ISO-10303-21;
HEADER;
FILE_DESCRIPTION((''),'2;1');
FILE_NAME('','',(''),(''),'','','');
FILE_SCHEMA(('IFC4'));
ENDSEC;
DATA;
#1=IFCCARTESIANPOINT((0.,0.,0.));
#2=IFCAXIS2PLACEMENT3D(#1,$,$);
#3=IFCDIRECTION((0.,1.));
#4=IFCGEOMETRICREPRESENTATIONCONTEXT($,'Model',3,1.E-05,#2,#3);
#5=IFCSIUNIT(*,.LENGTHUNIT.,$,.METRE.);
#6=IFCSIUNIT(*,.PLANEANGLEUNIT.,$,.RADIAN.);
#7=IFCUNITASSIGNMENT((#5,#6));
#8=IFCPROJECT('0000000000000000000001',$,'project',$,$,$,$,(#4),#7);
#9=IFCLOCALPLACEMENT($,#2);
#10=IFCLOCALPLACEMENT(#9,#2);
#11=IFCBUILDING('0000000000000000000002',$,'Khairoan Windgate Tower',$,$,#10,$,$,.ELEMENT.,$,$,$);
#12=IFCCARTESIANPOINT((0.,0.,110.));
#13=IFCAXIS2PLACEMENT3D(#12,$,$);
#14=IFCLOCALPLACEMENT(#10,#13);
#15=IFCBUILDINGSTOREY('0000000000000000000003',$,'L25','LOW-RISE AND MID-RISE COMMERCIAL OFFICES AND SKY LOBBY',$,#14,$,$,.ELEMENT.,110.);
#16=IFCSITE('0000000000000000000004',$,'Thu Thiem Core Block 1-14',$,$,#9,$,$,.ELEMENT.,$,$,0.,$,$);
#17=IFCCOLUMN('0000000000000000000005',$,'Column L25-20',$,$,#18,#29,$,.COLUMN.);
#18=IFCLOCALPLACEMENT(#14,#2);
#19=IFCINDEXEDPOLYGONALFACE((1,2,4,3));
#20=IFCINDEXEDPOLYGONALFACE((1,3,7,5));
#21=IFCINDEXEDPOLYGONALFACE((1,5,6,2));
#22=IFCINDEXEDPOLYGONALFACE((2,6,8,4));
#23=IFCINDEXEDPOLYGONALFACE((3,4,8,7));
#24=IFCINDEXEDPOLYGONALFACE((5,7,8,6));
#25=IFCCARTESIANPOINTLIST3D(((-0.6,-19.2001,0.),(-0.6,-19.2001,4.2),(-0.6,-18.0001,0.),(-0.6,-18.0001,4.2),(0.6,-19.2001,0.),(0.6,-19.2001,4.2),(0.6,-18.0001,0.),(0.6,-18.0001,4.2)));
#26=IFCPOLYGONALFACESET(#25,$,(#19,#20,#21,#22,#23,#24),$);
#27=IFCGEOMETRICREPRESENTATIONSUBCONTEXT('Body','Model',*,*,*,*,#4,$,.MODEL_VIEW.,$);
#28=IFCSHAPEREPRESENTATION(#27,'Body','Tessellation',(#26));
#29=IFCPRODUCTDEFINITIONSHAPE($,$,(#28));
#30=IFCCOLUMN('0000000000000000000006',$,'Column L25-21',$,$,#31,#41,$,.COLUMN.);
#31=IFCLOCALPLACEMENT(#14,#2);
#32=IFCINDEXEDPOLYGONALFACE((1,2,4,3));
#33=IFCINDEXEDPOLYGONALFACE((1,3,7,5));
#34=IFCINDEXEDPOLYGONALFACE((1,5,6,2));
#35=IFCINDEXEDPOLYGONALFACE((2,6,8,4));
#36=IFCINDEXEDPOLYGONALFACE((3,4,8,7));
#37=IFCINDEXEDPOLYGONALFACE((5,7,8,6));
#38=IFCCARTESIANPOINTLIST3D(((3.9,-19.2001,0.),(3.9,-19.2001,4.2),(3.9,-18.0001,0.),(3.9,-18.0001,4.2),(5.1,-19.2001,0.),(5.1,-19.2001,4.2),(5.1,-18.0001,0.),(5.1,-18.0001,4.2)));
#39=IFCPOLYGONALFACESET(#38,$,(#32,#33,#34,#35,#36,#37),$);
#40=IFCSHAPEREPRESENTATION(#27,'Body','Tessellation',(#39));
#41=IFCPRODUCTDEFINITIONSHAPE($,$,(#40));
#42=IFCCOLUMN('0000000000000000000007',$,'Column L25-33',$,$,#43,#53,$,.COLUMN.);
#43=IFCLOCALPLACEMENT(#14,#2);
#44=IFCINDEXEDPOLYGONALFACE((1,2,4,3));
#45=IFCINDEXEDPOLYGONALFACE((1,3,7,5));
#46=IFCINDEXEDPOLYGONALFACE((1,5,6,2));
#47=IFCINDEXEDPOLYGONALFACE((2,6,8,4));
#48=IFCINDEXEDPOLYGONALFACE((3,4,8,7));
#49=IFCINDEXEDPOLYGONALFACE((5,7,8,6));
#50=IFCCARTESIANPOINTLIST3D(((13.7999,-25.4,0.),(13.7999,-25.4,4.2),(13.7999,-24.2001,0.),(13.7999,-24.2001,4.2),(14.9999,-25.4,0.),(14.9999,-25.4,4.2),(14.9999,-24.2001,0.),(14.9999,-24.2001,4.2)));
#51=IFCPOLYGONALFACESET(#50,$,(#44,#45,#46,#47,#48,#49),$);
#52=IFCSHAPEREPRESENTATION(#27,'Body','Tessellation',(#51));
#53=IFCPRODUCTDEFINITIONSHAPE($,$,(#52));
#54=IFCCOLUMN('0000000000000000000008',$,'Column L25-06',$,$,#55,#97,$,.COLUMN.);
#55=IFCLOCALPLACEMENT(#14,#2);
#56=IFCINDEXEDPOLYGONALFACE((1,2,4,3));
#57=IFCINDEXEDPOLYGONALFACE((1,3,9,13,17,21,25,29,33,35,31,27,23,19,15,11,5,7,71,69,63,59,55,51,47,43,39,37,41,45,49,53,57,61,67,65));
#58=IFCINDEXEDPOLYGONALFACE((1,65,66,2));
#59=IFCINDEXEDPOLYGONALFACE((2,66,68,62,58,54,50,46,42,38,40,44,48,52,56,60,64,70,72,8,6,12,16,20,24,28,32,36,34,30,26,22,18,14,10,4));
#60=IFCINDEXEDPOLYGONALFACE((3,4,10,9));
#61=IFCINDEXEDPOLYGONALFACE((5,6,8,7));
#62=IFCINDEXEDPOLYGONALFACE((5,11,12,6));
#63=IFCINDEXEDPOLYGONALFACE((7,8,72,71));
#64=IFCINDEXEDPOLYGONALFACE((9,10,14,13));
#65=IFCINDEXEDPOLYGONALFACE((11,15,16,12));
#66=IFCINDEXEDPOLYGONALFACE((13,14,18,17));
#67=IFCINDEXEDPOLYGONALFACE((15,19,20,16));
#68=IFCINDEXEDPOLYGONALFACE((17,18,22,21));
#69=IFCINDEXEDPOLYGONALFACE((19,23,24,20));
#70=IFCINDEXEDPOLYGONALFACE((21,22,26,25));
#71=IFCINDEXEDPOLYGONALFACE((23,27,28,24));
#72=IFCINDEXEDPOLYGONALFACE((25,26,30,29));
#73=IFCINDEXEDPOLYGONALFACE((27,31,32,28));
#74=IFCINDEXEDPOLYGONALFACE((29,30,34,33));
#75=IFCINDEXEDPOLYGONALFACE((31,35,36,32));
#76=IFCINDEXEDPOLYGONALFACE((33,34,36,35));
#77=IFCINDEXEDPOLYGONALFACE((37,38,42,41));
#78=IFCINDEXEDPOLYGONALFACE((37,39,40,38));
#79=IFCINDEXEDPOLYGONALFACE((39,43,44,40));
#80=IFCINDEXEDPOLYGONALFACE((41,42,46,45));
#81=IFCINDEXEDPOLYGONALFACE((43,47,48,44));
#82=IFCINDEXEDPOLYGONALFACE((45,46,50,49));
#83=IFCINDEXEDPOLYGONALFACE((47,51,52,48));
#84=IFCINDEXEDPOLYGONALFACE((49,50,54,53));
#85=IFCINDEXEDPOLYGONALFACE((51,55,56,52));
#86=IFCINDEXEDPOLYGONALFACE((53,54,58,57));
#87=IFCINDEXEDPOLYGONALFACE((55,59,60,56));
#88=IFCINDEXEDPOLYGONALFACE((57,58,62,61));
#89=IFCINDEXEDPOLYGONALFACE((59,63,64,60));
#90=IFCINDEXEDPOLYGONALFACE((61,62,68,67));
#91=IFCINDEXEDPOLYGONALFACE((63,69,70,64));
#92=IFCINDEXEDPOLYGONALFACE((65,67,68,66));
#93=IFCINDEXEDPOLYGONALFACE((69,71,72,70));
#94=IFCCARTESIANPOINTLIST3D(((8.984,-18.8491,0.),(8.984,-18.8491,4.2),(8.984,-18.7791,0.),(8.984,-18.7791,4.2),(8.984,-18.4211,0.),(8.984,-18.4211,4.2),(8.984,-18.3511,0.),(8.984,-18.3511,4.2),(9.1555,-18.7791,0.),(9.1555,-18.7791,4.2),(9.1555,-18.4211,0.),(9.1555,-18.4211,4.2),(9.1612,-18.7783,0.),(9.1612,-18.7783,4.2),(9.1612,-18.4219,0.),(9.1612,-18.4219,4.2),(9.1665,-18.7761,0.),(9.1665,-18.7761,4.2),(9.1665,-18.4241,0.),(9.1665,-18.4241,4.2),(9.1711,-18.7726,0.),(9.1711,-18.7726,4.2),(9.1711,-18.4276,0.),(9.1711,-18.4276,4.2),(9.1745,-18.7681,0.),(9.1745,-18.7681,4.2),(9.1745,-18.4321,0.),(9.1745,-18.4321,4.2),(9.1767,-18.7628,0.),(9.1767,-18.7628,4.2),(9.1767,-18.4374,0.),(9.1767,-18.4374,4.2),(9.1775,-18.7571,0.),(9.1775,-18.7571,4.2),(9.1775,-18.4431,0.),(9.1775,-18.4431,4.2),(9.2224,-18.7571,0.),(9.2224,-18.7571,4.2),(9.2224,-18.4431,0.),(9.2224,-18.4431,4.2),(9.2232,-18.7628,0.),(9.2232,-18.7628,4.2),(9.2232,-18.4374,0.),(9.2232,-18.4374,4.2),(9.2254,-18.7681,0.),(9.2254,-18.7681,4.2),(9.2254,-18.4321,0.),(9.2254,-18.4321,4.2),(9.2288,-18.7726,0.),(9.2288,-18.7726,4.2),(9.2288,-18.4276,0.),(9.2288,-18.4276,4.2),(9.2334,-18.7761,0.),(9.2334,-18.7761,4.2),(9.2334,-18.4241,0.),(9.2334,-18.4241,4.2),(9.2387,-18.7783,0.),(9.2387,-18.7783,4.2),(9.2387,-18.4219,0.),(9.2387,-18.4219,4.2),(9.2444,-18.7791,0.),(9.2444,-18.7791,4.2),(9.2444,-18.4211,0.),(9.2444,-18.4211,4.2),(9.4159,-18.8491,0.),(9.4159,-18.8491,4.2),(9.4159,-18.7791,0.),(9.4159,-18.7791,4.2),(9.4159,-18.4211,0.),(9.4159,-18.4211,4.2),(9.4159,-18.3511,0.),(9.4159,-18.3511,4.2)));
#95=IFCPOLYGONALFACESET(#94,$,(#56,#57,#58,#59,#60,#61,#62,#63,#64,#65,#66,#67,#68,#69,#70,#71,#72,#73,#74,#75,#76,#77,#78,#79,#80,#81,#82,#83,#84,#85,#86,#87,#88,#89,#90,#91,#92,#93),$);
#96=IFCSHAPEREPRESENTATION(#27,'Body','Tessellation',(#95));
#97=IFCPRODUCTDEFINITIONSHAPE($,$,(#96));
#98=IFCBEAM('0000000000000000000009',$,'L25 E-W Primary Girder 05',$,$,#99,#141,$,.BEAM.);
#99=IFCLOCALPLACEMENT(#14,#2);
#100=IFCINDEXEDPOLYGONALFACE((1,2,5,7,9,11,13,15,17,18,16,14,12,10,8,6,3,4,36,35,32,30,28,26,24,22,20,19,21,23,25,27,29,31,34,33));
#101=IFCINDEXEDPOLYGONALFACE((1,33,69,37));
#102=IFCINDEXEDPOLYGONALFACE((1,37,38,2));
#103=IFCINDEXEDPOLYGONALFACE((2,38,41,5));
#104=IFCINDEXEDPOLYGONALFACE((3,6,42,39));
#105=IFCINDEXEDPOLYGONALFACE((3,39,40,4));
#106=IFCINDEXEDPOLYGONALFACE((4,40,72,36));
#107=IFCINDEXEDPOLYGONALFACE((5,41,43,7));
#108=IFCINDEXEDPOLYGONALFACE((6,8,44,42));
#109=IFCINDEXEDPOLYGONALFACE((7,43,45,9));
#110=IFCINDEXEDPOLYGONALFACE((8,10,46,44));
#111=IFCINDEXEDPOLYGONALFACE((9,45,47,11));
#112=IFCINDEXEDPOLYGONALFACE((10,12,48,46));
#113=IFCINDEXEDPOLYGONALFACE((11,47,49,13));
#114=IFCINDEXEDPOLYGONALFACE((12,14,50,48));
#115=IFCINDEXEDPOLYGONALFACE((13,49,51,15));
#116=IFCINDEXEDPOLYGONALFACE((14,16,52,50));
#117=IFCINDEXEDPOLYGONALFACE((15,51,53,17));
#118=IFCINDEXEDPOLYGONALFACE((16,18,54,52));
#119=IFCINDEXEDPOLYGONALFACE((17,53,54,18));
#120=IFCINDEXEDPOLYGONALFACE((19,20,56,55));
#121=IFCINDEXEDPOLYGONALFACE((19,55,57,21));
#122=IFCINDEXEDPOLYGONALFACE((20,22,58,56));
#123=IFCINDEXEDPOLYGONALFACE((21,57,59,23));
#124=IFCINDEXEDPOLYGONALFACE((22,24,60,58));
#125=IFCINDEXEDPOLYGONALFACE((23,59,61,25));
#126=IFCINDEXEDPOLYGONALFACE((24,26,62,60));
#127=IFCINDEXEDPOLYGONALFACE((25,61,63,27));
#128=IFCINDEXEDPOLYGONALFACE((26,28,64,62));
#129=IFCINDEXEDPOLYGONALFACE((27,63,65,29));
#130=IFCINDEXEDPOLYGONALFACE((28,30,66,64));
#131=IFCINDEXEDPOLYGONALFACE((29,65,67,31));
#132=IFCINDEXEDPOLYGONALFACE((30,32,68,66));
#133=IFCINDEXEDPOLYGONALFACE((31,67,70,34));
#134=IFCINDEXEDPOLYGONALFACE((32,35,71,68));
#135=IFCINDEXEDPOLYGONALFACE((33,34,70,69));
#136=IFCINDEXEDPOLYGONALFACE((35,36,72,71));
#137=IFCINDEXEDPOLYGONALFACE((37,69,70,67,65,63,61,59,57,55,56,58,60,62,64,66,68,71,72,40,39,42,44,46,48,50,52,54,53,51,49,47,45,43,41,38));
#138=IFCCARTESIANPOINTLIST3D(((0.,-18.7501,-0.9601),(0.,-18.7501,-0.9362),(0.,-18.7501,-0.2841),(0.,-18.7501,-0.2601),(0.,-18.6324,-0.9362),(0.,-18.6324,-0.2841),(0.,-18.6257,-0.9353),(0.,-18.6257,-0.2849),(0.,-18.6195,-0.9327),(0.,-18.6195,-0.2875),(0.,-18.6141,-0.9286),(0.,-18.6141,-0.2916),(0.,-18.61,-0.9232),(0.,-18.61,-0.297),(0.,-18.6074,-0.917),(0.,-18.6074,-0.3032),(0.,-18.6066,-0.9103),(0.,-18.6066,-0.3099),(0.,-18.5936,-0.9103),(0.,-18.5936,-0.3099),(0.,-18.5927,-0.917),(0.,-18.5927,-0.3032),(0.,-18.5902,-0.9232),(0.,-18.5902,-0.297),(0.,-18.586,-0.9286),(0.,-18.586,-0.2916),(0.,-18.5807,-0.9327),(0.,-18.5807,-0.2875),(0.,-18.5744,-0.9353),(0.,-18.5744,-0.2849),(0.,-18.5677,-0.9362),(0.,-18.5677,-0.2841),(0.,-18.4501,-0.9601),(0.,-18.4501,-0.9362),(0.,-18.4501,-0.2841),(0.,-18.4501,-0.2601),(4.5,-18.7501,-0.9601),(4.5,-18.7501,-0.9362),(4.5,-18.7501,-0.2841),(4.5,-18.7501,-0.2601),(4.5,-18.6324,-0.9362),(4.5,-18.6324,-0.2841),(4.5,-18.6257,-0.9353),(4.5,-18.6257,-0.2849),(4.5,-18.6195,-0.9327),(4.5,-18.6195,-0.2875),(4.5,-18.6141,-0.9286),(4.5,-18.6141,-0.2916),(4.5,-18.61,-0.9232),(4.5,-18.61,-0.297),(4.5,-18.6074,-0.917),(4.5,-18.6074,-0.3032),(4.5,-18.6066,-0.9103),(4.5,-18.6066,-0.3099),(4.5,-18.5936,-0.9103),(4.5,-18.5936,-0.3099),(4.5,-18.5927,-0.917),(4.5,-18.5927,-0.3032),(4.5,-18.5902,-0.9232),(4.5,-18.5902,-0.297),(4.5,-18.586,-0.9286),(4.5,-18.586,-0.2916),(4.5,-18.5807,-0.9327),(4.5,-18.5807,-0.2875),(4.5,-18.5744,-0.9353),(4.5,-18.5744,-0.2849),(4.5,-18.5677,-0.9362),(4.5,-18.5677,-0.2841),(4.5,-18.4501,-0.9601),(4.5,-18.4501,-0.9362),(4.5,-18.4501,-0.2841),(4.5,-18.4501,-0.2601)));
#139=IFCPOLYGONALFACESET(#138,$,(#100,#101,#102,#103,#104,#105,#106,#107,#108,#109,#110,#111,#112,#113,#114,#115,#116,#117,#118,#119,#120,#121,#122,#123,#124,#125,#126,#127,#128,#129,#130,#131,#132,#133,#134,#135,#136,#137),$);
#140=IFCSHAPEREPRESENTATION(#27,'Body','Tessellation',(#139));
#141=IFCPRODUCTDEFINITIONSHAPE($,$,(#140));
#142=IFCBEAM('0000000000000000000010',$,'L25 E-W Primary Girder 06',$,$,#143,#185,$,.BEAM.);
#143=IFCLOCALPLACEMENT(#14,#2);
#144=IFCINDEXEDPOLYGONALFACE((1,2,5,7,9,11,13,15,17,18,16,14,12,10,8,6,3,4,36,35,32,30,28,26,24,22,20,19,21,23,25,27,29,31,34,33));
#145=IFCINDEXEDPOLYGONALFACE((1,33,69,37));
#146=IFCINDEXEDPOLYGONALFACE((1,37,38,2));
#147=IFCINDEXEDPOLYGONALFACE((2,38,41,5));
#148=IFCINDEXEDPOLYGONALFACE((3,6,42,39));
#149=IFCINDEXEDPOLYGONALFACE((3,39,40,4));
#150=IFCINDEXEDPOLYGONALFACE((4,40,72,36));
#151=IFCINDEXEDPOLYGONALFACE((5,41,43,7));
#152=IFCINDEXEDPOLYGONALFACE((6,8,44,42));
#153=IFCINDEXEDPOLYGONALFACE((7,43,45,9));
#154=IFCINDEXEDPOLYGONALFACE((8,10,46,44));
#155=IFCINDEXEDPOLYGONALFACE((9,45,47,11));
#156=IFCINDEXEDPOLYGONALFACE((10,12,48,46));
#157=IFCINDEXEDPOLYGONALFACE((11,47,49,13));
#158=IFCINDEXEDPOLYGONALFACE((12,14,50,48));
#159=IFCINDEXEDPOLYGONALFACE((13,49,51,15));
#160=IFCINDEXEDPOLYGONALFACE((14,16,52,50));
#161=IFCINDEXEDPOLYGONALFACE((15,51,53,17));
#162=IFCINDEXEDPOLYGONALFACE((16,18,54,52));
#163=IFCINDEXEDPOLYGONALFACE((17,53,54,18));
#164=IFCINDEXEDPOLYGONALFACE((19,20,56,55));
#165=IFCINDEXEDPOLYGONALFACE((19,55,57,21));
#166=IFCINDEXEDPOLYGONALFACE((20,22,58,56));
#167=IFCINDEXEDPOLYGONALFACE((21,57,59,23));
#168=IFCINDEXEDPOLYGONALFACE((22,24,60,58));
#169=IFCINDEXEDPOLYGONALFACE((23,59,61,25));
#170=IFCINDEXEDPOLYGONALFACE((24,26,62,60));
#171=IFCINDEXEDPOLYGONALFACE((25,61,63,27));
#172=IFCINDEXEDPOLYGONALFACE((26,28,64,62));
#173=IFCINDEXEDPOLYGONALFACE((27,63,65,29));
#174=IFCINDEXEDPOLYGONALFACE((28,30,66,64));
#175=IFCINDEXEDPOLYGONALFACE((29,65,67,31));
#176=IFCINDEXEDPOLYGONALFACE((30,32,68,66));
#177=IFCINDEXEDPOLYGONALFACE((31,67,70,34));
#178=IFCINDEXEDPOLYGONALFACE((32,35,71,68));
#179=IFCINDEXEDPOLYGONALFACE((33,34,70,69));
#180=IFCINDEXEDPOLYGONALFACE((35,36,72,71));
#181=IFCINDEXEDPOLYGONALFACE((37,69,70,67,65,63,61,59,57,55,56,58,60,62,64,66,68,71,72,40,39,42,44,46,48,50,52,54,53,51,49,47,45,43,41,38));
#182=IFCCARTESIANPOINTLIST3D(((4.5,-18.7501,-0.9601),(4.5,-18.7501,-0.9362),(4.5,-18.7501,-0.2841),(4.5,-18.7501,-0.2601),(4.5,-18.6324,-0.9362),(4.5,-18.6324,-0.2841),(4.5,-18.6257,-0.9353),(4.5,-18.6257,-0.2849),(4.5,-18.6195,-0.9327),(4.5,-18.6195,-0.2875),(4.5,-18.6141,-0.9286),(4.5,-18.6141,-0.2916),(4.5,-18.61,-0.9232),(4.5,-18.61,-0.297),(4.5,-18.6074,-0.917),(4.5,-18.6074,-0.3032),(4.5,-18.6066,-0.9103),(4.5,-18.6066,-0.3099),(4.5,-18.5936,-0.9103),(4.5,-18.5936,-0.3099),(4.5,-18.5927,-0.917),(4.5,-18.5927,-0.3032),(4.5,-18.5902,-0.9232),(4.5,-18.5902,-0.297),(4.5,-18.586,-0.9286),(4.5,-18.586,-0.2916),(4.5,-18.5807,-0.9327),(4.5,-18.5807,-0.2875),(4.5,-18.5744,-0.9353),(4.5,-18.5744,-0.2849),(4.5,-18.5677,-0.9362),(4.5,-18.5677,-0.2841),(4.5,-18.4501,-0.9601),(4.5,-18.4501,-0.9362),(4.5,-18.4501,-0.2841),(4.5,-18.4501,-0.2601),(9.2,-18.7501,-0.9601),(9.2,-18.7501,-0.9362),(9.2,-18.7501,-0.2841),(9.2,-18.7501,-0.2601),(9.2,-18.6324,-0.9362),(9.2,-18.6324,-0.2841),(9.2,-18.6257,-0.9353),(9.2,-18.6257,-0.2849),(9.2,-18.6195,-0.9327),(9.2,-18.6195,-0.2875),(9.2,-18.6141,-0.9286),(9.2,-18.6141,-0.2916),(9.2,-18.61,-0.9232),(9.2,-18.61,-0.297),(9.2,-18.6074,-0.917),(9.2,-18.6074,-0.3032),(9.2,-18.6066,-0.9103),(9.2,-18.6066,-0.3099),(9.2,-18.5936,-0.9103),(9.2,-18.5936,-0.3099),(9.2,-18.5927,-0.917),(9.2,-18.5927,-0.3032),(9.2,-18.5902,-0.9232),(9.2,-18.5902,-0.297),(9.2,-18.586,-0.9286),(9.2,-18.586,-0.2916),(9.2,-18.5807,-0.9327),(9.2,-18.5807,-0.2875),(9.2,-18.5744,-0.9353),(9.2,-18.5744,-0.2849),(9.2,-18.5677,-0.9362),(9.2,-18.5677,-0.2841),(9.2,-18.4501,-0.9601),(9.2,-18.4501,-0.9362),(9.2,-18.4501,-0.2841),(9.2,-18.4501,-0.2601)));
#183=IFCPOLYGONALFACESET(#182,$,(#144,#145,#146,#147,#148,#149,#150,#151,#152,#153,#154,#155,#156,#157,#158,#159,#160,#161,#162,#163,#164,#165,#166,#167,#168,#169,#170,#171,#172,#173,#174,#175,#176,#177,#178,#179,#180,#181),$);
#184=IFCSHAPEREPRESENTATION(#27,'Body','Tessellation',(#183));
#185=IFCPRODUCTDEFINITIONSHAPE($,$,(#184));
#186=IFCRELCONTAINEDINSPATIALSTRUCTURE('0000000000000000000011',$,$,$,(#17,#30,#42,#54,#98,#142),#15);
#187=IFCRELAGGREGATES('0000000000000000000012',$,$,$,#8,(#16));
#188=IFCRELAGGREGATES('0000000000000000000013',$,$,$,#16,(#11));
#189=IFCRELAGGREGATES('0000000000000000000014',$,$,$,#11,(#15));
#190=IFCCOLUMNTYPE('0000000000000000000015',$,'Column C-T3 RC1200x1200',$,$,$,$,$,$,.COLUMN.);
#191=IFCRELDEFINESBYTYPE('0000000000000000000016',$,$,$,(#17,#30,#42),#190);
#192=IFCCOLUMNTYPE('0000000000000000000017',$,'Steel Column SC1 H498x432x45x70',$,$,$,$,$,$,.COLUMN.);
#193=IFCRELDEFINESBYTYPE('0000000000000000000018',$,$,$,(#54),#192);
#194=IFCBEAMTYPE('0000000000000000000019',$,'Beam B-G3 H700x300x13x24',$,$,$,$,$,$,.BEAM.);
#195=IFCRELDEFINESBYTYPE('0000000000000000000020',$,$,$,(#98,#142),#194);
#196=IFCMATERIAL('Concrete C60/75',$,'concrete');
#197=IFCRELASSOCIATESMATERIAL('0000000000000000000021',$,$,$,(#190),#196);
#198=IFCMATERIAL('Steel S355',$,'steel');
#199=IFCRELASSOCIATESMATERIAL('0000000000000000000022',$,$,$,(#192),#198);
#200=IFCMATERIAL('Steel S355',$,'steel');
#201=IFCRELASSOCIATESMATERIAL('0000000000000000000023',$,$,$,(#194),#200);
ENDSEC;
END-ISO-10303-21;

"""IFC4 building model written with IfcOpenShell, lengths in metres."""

from ifc_helpers import new_model, si_unit, direction, frame, origin, origin_2d, place, context, subcontext, project, spatial, rectangle, i_section, extrude, material, material_profile, profile_set, type_object, element, save


model = new_model("IFC4")

# Units and contexts
model_context = context("Model", 3, precision=1e-05, world=origin(), true_north=direction((0.0, 1.0)))
body_context = subcontext(model_context, "Body", "Model", "MODEL_VIEW")
ifc_project = project(units=[si_unit("LENGTHUNIT", "METRE"), si_unit("PLANEANGLEUNIT", "RADIAN")], contexts=[model_context])

# Site, building, storey
site_placement = place(None, origin())
site = spatial("IfcSite", under=ifc_project, at=site_placement, Name="Thu Thiem Core Block 1-14", CompositionType="ELEMENT", RefElevation=0.0)
building_placement = place(site_placement, origin())
building = spatial("IfcBuilding", under=site, at=building_placement, Name="Khairoan Windgate Tower", CompositionType="ELEMENT")
storey_placement = place(building_placement, frame((0.0, 0.0, 110.0)))
storey = spatial("IfcBuildingStorey", under=building, at=storey_placement, Name="L25", Description="LOW-RISE AND MID-RISE COMMERCIAL OFFICES AND SKY LOBBY", CompositionType="ELEMENT", Elevation=110.0)

# Columns
ifc_material_1 = material(Name="Concrete C60/75", Category="concrete")
ifc_material_profile_1 = material_profile(ifc_material_1, rectangle(XDim=1.2, YDim=1.2, at=origin_2d()))
ifc_profile_set_1 = profile_set([ifc_material_profile_1], Name="Concrete C60/75")
column_type_1 = type_object("IfcColumnType", Name="Column C-T3 RC1200x1200", PredefinedType="COLUMN", material=ifc_profile_set_1)
for number, where, z_axis, x_axis, name in (
    (1, (0.0, -18.6001, 0.0), (0.0, 0.0, 1.0), (1.0, 0.0, 0.0), "Column L25-20"),
    (2, (4.5, -18.6001, 0.0), (0.0, 0.0, 1.0), (1.0, 0.0, 0.0), "Column L25-21"),
    (3, (14.3999, -24.8, 0.0), (0.0, 0.0, 1.0), (1.0, 0.0, 0.0), "Column L25-33"),
):
    element("IfcColumn", number, at=place(storey_placement, frame(where, z_axis=z_axis, x_axis=x_axis)), inside=storey, type_object=column_type_1, Name=name, PredefinedType="COLUMN", context=body_context, shape_type="SweptSolid", body=[
        extrude(rectangle(XDim=1.2, YDim=1.2, at=origin_2d()), origin(), (0.0, 0.0, 1.0), 4.2),
    ])
ifc_material_2 = material(Name="Steel S355", Category="steel")
ifc_material_profile_2 = material_profile(ifc_material_2, i_section(OverallWidth=0.4319, OverallDepth=0.498, WebThickness=0.0449, FlangeThickness=0.0701, FilletRadius=0.022, at=origin_2d()))
ifc_profile_set_2 = profile_set([ifc_material_profile_2], Name="Steel S355")
column_type_2 = type_object("IfcColumnType", Name="Steel Column SC1 H498x432x45x70", PredefinedType="COLUMN", material=ifc_profile_set_2)
column_placement = place(storey_placement, frame((9.2, -18.6001, 0.0), z_axis=(0.0, 0.0, 1.0), x_axis=(1.0, 0.0, 0.0)))
element("IfcColumn", 4, at=column_placement, inside=storey, type_object=column_type_2, Name="Column L25-06", PredefinedType="COLUMN", context=body_context, shape_type="SweptSolid", body=[
    extrude(i_section(OverallWidth=0.4319, OverallDepth=0.498, WebThickness=0.0449, FlangeThickness=0.0701, FilletRadius=0.022, at=origin_2d()), origin(), (0.0, 0.0, 1.0), 4.2),
])

# Beams
ifc_material_3 = material(Name="Steel S355", Category="steel")
ifc_material_profile_3 = material_profile(ifc_material_3, i_section(OverallWidth=0.3, OverallDepth=0.7, WebThickness=0.0129, FlangeThickness=0.0239, FilletRadius=0.0259, at=origin_2d()))
ifc_profile_set_3 = profile_set([ifc_material_profile_3], Name="Steel S355")
beam_type_1 = type_object("IfcBeamType", Name="Beam B-G3 H700x300x13x24", PredefinedType="BEAM", material=ifc_profile_set_3)
beam_1_placement = place(storey_placement, frame((0.0, -18.6001, -0.6101), z_axis=(1.0, 0.0, 0.0), x_axis=(0.0, 1.0, 0.0)))
element("IfcBeam", 5, at=beam_1_placement, inside=storey, type_object=beam_type_1, Name="L25 E-W Primary Girder 05", PredefinedType="BEAM", context=body_context, shape_type="SweptSolid", body=[
    extrude(i_section(OverallWidth=0.3, OverallDepth=0.7, WebThickness=0.0129, FlangeThickness=0.0239, FilletRadius=0.0259, at=origin_2d()), origin(), (0.0, 0.0, 1.0), 4.5),
])
beam_2_placement = place(storey_placement, frame((4.5, -18.6001, -0.6101), z_axis=(1.0, 0.0, 0.0), x_axis=(0.0, 1.0, 0.0)))
element("IfcBeam", 6, at=beam_2_placement, inside=storey, type_object=beam_type_1, Name="L25 E-W Primary Girder 06", PredefinedType="BEAM", context=body_context, shape_type="SweptSolid", body=[
    extrude(i_section(OverallWidth=0.3, OverallDepth=0.7, WebThickness=0.0129, FlangeThickness=0.0239, FilletRadius=0.0259, at=origin_2d()), origin(), (0.0, 0.0, 1.0), 4.7),
])

save(model, "model.ifc")
